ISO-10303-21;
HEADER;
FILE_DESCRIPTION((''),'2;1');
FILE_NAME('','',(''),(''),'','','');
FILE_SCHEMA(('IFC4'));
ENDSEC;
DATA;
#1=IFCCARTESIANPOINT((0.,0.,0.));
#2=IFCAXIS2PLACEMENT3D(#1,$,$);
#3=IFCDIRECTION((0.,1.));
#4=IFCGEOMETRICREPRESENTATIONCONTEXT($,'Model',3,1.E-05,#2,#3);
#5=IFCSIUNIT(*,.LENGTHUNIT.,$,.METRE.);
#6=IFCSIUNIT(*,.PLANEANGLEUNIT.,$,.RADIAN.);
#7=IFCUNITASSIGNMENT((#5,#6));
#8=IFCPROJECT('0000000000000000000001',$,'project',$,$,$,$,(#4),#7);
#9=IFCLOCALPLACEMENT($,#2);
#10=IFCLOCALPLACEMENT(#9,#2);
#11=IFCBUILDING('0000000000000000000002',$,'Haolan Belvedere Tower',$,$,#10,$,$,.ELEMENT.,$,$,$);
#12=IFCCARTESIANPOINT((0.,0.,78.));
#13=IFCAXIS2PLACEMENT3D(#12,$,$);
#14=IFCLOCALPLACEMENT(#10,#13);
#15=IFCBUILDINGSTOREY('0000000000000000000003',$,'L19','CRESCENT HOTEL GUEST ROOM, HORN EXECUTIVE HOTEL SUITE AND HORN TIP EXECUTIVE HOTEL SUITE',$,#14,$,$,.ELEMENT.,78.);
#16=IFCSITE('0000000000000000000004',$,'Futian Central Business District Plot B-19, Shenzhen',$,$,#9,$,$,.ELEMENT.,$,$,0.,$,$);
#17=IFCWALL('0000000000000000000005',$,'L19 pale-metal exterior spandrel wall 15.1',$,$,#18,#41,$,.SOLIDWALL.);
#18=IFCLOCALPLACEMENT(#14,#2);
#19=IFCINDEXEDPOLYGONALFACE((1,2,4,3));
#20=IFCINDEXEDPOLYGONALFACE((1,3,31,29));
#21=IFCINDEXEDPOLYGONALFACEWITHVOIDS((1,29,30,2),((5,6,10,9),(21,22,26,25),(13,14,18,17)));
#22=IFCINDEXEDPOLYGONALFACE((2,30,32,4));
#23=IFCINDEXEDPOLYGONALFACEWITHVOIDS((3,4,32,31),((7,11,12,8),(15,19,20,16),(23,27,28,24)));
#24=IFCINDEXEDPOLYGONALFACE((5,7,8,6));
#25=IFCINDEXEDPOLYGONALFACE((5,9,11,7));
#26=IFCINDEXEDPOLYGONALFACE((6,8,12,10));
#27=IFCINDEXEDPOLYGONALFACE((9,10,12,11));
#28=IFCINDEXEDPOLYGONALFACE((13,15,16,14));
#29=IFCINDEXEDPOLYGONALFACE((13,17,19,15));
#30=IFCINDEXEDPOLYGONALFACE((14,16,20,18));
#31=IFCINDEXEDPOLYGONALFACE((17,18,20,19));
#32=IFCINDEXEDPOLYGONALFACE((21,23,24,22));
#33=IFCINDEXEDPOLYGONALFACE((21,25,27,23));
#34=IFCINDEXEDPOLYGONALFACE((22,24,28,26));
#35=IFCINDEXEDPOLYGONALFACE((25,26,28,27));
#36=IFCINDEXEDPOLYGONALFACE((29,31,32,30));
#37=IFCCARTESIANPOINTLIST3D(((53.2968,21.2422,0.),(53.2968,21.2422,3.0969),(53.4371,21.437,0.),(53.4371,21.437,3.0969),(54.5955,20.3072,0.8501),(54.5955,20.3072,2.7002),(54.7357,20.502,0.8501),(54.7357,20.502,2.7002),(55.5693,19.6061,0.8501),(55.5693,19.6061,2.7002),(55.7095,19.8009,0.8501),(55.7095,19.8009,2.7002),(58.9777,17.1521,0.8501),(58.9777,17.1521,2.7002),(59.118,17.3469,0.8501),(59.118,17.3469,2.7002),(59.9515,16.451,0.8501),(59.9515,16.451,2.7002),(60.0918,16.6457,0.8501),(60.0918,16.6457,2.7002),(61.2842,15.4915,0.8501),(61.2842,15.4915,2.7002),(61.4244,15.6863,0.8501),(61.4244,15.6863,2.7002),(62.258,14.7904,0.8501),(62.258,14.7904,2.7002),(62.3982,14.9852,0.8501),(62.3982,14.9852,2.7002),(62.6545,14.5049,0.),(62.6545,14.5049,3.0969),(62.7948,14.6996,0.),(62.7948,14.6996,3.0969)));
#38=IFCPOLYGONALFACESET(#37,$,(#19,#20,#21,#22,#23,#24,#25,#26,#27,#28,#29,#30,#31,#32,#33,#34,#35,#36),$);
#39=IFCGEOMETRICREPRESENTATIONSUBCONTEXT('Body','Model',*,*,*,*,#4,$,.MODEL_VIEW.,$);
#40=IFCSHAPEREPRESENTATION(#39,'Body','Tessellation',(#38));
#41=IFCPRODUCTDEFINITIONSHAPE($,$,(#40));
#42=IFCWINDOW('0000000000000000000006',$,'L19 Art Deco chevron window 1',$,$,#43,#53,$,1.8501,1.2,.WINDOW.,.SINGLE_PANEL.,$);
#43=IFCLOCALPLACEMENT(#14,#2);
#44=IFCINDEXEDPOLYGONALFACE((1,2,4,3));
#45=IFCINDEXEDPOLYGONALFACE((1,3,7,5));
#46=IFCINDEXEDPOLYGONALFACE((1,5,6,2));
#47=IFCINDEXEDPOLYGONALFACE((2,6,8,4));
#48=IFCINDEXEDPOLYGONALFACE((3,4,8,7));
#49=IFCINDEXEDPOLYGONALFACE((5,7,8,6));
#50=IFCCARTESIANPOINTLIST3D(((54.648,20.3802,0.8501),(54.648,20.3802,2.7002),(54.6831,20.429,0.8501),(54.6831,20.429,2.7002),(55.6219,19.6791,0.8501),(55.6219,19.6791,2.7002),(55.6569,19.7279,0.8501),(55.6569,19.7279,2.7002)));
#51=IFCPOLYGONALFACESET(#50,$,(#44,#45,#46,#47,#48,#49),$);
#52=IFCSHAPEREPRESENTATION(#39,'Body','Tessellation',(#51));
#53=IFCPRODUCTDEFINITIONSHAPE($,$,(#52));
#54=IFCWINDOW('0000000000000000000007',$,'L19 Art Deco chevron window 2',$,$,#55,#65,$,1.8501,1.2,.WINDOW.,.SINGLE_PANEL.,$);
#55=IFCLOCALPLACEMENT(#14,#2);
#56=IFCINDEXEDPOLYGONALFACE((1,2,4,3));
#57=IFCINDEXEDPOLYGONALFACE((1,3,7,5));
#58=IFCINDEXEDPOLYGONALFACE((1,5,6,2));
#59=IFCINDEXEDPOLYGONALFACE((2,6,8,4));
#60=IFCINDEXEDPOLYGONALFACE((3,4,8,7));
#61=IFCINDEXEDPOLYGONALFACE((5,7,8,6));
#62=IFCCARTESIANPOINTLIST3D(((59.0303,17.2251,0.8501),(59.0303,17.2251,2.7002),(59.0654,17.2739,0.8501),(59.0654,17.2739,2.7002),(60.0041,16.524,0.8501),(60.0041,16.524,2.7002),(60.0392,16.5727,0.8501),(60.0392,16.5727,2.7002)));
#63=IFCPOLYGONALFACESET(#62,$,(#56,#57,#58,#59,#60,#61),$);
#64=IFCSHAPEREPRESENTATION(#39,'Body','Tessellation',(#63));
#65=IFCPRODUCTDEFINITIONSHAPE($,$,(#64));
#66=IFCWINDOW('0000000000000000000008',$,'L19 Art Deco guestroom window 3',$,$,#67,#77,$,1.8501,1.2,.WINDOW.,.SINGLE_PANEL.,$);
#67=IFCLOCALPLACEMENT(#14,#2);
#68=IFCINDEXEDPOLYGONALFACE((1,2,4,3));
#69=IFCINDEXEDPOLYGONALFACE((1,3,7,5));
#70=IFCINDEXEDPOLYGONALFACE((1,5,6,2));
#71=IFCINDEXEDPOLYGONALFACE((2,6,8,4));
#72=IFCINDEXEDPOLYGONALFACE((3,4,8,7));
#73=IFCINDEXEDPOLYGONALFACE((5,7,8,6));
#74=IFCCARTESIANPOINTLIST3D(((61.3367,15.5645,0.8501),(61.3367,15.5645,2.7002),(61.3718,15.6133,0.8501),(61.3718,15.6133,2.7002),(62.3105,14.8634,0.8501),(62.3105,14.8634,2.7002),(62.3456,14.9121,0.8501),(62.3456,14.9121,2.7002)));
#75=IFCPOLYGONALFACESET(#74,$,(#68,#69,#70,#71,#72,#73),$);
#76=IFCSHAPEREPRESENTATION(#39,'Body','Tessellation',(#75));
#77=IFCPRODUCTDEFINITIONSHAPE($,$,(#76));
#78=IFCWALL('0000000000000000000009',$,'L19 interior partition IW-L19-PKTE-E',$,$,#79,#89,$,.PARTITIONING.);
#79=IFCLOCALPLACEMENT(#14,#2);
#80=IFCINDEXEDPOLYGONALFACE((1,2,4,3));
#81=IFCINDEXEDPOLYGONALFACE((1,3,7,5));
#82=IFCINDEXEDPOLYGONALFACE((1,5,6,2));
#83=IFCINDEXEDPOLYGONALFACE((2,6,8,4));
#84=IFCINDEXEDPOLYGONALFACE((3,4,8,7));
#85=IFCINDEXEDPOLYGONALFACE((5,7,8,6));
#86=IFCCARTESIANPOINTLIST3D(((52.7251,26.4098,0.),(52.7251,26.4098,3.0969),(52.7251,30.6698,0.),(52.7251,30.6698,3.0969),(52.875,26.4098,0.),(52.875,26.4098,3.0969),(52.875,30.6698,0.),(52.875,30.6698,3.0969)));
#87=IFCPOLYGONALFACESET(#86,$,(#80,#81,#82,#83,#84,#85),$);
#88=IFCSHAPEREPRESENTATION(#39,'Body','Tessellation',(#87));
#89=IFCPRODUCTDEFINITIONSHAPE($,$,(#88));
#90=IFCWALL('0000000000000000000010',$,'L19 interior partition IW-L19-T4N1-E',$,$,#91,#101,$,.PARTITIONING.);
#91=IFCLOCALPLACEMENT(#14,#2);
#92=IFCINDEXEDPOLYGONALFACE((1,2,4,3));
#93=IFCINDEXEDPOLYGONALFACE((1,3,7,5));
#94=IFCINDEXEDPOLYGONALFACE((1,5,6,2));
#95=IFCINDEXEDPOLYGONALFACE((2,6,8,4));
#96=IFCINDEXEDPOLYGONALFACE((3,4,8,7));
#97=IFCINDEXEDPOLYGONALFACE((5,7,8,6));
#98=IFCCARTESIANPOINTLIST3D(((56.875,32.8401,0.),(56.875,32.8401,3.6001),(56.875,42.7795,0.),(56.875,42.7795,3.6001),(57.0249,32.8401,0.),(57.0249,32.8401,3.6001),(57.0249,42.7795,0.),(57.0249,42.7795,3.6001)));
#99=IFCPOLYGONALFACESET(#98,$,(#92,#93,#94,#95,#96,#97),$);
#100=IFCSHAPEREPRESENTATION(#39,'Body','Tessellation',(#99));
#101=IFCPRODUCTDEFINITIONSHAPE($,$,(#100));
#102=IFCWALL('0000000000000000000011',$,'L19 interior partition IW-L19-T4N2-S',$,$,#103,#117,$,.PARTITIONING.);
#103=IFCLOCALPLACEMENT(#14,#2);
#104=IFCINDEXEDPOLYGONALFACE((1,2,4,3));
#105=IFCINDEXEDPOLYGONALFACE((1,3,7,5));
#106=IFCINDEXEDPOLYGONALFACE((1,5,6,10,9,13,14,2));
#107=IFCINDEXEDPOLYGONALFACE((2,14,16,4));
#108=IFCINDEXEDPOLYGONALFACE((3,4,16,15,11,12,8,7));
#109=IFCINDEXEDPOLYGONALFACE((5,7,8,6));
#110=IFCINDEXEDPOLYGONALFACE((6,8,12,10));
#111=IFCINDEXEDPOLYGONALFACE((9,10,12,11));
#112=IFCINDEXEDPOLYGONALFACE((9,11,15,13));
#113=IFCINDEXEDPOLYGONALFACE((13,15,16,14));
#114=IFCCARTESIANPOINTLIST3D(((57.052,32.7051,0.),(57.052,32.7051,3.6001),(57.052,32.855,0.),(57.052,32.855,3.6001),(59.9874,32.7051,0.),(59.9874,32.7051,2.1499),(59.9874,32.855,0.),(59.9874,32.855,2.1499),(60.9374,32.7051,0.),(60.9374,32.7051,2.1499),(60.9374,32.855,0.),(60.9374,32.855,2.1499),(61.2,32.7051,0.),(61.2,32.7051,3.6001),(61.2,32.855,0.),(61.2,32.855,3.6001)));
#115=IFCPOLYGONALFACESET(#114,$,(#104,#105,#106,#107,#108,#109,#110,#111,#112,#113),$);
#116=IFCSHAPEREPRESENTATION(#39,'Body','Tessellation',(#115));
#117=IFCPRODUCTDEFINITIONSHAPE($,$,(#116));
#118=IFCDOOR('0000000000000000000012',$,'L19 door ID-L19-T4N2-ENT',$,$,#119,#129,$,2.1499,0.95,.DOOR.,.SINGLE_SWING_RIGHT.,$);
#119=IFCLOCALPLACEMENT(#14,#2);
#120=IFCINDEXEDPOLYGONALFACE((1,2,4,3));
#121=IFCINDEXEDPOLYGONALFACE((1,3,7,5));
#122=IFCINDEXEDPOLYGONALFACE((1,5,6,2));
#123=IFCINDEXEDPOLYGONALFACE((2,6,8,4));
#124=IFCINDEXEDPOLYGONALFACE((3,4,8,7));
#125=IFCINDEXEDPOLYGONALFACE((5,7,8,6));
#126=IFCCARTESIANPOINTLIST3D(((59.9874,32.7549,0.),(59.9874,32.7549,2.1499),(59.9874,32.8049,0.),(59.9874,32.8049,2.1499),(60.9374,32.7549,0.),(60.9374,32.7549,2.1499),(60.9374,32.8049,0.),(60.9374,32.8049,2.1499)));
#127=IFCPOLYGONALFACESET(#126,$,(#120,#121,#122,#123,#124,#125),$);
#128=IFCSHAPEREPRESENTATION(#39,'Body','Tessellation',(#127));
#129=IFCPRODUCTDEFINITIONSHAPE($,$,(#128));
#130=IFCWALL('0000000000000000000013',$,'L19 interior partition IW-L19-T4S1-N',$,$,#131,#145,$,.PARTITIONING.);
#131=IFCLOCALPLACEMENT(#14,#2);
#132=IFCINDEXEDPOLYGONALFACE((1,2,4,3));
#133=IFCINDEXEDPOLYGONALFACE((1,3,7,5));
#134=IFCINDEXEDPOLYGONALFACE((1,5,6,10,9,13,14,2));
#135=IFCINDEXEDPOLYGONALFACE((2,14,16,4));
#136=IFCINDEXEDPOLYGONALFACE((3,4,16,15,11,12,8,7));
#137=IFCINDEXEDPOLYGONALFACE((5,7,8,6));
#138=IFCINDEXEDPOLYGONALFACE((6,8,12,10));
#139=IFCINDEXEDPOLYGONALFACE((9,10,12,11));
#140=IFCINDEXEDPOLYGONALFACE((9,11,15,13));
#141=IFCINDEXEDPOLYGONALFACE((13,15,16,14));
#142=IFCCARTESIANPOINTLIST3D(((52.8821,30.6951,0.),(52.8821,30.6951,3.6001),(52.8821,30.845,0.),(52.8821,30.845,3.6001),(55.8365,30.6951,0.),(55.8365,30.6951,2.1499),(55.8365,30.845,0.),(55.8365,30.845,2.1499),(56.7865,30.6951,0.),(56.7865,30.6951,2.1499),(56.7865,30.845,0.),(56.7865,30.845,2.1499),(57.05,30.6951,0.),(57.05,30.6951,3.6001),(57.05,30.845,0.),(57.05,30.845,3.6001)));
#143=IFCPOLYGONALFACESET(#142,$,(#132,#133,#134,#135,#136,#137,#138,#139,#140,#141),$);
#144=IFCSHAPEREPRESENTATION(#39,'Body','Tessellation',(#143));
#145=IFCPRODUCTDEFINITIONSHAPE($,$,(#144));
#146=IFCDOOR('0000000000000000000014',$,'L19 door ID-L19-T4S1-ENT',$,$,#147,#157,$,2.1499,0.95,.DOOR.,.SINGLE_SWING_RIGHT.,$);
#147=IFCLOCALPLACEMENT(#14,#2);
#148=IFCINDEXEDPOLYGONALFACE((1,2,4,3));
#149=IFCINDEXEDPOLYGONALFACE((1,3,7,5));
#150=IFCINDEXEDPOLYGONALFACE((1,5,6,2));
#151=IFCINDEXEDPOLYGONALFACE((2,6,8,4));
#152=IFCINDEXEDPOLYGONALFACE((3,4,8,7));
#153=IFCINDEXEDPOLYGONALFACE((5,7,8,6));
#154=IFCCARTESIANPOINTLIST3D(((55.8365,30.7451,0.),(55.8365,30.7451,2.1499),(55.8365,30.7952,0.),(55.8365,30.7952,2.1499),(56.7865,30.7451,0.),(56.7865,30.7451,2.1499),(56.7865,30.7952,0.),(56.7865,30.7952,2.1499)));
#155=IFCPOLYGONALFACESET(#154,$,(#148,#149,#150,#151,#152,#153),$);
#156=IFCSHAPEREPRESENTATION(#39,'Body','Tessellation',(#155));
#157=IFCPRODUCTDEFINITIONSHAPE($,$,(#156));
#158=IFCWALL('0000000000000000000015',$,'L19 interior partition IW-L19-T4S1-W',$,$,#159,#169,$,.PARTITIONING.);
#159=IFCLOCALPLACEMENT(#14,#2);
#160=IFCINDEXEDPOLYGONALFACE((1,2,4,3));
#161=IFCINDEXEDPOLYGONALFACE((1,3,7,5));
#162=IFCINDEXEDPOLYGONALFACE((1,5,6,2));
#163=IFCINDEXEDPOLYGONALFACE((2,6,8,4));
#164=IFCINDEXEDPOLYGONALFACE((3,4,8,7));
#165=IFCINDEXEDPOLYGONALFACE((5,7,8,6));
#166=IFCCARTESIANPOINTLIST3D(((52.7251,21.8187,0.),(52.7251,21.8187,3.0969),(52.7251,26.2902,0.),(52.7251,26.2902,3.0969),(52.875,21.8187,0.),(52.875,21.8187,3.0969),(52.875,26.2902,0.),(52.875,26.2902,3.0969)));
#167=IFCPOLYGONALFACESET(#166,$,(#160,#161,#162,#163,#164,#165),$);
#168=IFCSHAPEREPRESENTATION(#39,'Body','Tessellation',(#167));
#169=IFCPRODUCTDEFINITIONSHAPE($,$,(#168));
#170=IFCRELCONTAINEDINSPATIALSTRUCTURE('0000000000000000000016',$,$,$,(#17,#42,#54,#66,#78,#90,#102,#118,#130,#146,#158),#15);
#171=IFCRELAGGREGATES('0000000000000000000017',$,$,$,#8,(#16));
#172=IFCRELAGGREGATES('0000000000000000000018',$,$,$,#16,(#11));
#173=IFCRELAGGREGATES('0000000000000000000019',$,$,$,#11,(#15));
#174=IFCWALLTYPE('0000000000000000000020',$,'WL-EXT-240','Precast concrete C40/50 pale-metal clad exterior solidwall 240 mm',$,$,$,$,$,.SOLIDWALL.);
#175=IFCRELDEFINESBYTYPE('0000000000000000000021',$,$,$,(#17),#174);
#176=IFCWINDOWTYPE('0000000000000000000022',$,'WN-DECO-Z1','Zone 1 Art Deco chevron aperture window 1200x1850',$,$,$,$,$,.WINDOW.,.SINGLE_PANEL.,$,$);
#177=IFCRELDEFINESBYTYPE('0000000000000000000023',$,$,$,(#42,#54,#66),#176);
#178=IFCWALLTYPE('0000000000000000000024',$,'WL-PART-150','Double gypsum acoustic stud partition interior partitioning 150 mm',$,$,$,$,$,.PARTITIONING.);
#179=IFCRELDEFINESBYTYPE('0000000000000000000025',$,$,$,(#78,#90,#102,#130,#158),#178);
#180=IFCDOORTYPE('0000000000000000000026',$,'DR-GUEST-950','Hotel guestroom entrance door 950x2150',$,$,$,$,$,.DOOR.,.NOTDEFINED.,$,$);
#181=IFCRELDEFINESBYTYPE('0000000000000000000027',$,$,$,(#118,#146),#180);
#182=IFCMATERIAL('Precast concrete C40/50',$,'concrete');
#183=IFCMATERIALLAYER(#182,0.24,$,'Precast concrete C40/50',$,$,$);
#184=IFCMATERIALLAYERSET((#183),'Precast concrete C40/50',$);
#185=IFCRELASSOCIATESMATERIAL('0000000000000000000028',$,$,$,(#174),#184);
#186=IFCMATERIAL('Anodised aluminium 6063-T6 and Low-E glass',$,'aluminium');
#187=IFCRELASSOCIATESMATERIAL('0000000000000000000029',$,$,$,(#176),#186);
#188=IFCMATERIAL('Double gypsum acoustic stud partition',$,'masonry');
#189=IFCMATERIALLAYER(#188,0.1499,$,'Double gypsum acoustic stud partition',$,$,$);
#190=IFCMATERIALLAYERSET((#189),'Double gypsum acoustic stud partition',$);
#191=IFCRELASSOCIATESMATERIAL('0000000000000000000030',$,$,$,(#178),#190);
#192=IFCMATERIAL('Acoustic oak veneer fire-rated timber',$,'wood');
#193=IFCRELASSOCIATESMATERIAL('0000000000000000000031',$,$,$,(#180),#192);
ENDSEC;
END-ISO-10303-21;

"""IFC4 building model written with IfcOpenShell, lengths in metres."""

from ifc_helpers import new_model, si_unit, direction, frame, frame_2d, origin, place, context, subcontext, project, spatial, rectangle, extrude, material, layer, layer_set, type_object, element, fill, save


model = new_model("IFC4")

# Units and contexts
model_context = context("Model", 3, precision=1e-05, world=origin(), true_north=direction((0.0, 1.0)))
body_context = subcontext(model_context, "Body", "Model", "MODEL_VIEW")
ifc_project = project(units=[si_unit("LENGTHUNIT", "METRE"), si_unit("PLANEANGLEUNIT", "RADIAN")], contexts=[model_context])

# Site, building, storey
site_placement = place(None, origin())
site = spatial("IfcSite", under=ifc_project, at=site_placement, Name="Futian Central Business District Plot B-19, Shenzhen", CompositionType="ELEMENT", RefElevation=0.0)
building_placement = place(site_placement, origin())
building = spatial("IfcBuilding", under=site, at=building_placement, Name="Haolan Belvedere Tower", CompositionType="ELEMENT")
storey_placement = place(building_placement, frame((0.0, 0.0, 78.0)))
storey = spatial("IfcBuildingStorey", under=building, at=storey_placement, Name="L19", Description="CRESCENT HOTEL GUEST ROOM, HORN EXECUTIVE HOTEL SUITE AND HORN TIP EXECUTIVE HOTEL SUITE", CompositionType="ELEMENT", Elevation=78.0)

# Wall, openings, windows
ifc_material_1 = material(Name="Precast concrete C40/50", Category="concrete")
ifc_layer_1 = layer(ifc_material_1, 0.24, Name="Precast concrete C40/50")
ifc_layer_set_1 = layer_set([ifc_layer_1], Name="Precast concrete C40/50")
wall_type_1 = type_object("IfcWallType", Name="WL-EXT-240", Description="Precast concrete C40/50 pale-metal clad exterior solidwall 240 mm", PredefinedType="SOLIDWALL", material=ifc_layer_set_1)
wall_1_placement = place(storey_placement, frame((53.3669, 21.3396, 0.0), z_axis=(0.0, 0.0, 1.0), x_axis=(0.811543, -0.584292, 0.0)))
wall_1 = element("IfcWall", 1, at=wall_1_placement, inside=storey, type_object=wall_type_1, Name="L19 pale-metal exterior spandrel wall 15.1", PredefinedType="SOLIDWALL", context=body_context, shape_type="SweptSolid", body=[
    extrude(rectangle(XDim=11.5308, YDim=0.24, at=frame_2d((5.7654, 0.0))), origin(), (0.0, 0.0, 1.0), 3.0969),
])
opening_1_placement = place(wall_1_placement, frame((1.6001, 0.0, 0.8501)))
opening_1 = element("IfcOpeningElement", 2, at=opening_1_placement, cuts=wall_1, PredefinedType="OPENING", context=body_context, shape_type="SweptSolid", body=[
    extrude(rectangle(XDim=1.2, YDim=1.8501, at=frame_2d((0.6001, 0.925))), frame((0.0, 0.1299, 0.0), z_axis=(0.0, -1.0, 0.0), x_axis=(1.0, 0.0, 0.0)), (0.0, 0.0, 1.0), 0.26),
])
opening_2_placement = place(wall_1_placement, frame((7.0, 0.0, 0.8501)))
opening_2 = element("IfcOpeningElement", 3, at=opening_2_placement, cuts=wall_1, PredefinedType="OPENING", context=body_context, shape_type="SweptSolid", body=[
    extrude(rectangle(XDim=1.2, YDim=1.8501, at=frame_2d((0.6001, 0.925))), frame((0.0, 0.1299, 0.0), z_axis=(0.0, -1.0, 0.0), x_axis=(1.0, 0.0, 0.0)), (0.0, 0.0, 1.0), 0.26),
])
opening_3_placement = place(wall_1_placement, frame((9.842, 0.0, 0.8501)))
opening_3 = element("IfcOpeningElement", 4, at=opening_3_placement, cuts=wall_1, PredefinedType="OPENING", context=body_context, shape_type="SweptSolid", body=[
    extrude(rectangle(XDim=1.2, YDim=1.8501, at=frame_2d((0.6001, 0.925))), frame((0.0, 0.1299, 0.0), z_axis=(0.0, -1.0, 0.0), x_axis=(1.0, 0.0, 0.0)), (0.0, 0.0, 1.0), 0.26),
])
ifc_material_2 = material(Name="Anodised aluminium 6063-T6 and Low-E glass", Category="aluminium")
window_type = type_object("IfcWindowType", Name="WN-DECO-Z1", Description="Zone 1 Art Deco chevron aperture window 1200x1850", PartitioningType="SINGLE_PANEL", PredefinedType="WINDOW", material=ifc_material_2)
window_1_placement = place(opening_1_placement, origin())
window_1 = element("IfcWindow", 5, at=window_1_placement, inside=storey, type_object=window_type, Name="L19 Art Deco chevron window 1", OverallHeight=1.8501, OverallWidth=1.2, PartitioningType="SINGLE_PANEL", PredefinedType="WINDOW", context=body_context, shape_type="SweptSolid", body=[
    extrude(rectangle(XDim=1.2, YDim=1.8501, at=frame_2d((0.6001, 0.925))), frame((0.0, 0.03, 0.0), z_axis=(0.0, -1.0, 0.0), x_axis=(1.0, 0.0, 0.0)), (0.0, 0.0, 1.0), 0.0601),
])
fill(opening_1, window_1)
window_2_placement = place(opening_2_placement, origin())
window_2 = element("IfcWindow", 6, at=window_2_placement, inside=storey, type_object=window_type, Name="L19 Art Deco chevron window 2", OverallHeight=1.8501, OverallWidth=1.2, PartitioningType="SINGLE_PANEL", PredefinedType="WINDOW", context=body_context, shape_type="SweptSolid", body=[
    extrude(rectangle(XDim=1.2, YDim=1.8501, at=frame_2d((0.6001, 0.925))), frame((0.0, 0.03, 0.0), z_axis=(0.0, -1.0, 0.0), x_axis=(1.0, 0.0, 0.0)), (0.0, 0.0, 1.0), 0.0601),
])
fill(opening_2, window_2)
window_3_placement = place(opening_3_placement, origin())
window_3 = element("IfcWindow", 7, at=window_3_placement, inside=storey, type_object=window_type, Name="L19 Art Deco guestroom window 3", OverallHeight=1.8501, OverallWidth=1.2, PartitioningType="SINGLE_PANEL", PredefinedType="WINDOW", context=body_context, shape_type="SweptSolid", body=[
    extrude(rectangle(XDim=1.2, YDim=1.8501, at=frame_2d((0.6001, 0.925))), frame((0.0, 0.03, 0.0), z_axis=(0.0, -1.0, 0.0), x_axis=(1.0, 0.0, 0.0)), (0.0, 0.0, 1.0), 0.0601),
])
fill(opening_3, window_3)

# Walls
ifc_material_3 = material(Name="Double gypsum acoustic stud partition", Category="masonry")
ifc_layer_2 = layer(ifc_material_3, 0.1499, Name="Double gypsum acoustic stud partition")
ifc_layer_set_2 = layer_set([ifc_layer_2], Name="Double gypsum acoustic stud partition")
wall_type_2 = type_object("IfcWallType", Name="WL-PART-150", Description="Double gypsum acoustic stud partition interior partitioning 150 mm", PredefinedType="PARTITIONING", material=ifc_layer_set_2)
wall_2_placement = place(storey_placement, frame((52.8, 26.4099, 0.0), z_axis=(0.0, 0.0, 1.0), x_axis=(0.0, 1.0, 0.0)))
element("IfcWall", 8, at=wall_2_placement, inside=storey, type_object=wall_type_2, Name="L19 interior partition IW-L19-PKTE-E", PredefinedType="PARTITIONING", context=body_context, shape_type="SweptSolid", body=[
    extrude(rectangle(XDim=4.26, YDim=0.1499, at=frame_2d((2.1299, 0.0))), origin(), (0.0, 0.0, 1.0), 3.0969),
])
wall_3_placement = place(storey_placement, frame((56.95, 32.8401, 0.0), z_axis=(0.0, 0.0, 1.0), x_axis=(0.0, 1.0, 0.0)))
element("IfcWall", 9, at=wall_3_placement, inside=storey, type_object=wall_type_2, Name="L19 interior partition IW-L19-T4N1-E", PredefinedType="PARTITIONING", context=body_context, shape_type="SweptSolid", body=[
    extrude(rectangle(XDim=9.9395, YDim=0.1499, at=frame_2d((4.9697, 0.0))), origin(), (0.0, 0.0, 1.0), 3.6001),
])

# Walls, openings, doors
wall_4_placement = place(storey_placement, frame((57.052, 32.78, 0.0), z_axis=(0.0, 0.0, 1.0), x_axis=(1.0, 0.0, 0.0)))
wall_4 = element("IfcWall", 10, at=wall_4_placement, inside=storey, type_object=wall_type_2, Name="L19 interior partition IW-L19-T4N2-S", PredefinedType="PARTITIONING", context=body_context, shape_type="SweptSolid", body=[
    extrude(rectangle(XDim=4.1479, YDim=0.1499, at=frame_2d((2.074, 0.0))), origin(), (0.0, 0.0, 1.0), 3.6001),
])
opening_4_placement = place(wall_4_placement, frame((2.9353, 0.0, 0.0)))
opening_4 = element("IfcOpeningElement", 11, at=opening_4_placement, cuts=wall_4, PredefinedType="OPENING", context=body_context, shape_type="SweptSolid", body=[
    extrude(rectangle(XDim=0.95, YDim=2.1499, at=frame_2d((0.4751, 1.075))), frame((0.0, 0.085, 0.0), z_axis=(0.0, -1.0, 0.0), x_axis=(1.0, 0.0, 0.0)), (0.0, 0.0, 1.0), 0.1699),
])
ifc_material_4 = material(Name="Acoustic oak veneer fire-rated timber", Category="wood")
door_type_1 = type_object("IfcDoorType", Name="DR-GUEST-950", Description="Hotel guestroom entrance door 950x2150", OperationType="NOTDEFINED", PredefinedType="DOOR", material=ifc_material_4)
door_1_placement = place(opening_4_placement, origin())
door_1 = element("IfcDoor", 12, at=door_1_placement, inside=storey, type_object=door_type_1, Name="L19 door ID-L19-T4N2-ENT", OperationType="SINGLE_SWING_RIGHT", OverallHeight=2.1499, OverallWidth=0.95, PredefinedType="DOOR", context=body_context, shape_type="SweptSolid", body=[
    extrude(rectangle(XDim=0.95, YDim=2.1499, at=frame_2d((0.4751, 1.075))), frame((0.0, 0.0249, 0.0), z_axis=(0.0, -1.0, 0.0), x_axis=(1.0, 0.0, 0.0)), (0.0, 0.0, 1.0), 0.05),
])
fill(opening_4, door_1)
wall_5_placement = place(storey_placement, frame((52.8821, 30.77, 0.0), z_axis=(0.0, 0.0, 1.0), x_axis=(1.0, 0.0, 0.0)))
wall_5 = element("IfcWall", 13, at=wall_5_placement, inside=storey, type_object=wall_type_2, Name="L19 interior partition IW-L19-T4S1-N", PredefinedType="PARTITIONING", context=body_context, shape_type="SweptSolid", body=[
    extrude(rectangle(XDim=4.168, YDim=0.1499, at=frame_2d((2.084, 0.0))), origin(), (0.0, 0.0, 1.0), 3.6001),
])
opening_5_placement = place(wall_5_placement, frame((3.9045, 0.0, 0.0), z_axis=(0.0, 0.0, 1.0), x_axis=(-1.0, 0.0, 0.0)))
opening_5 = element("IfcOpeningElement", 14, at=opening_5_placement, cuts=wall_5, PredefinedType="OPENING", context=body_context, shape_type="SweptSolid", body=[
    extrude(rectangle(XDim=0.95, YDim=2.1499, at=frame_2d((0.4751, 1.075))), frame((0.0, 0.085, 0.0), z_axis=(0.0, -1.0, 0.0), x_axis=(1.0, 0.0, 0.0)), (0.0, 0.0, 1.0), 0.1699),
])
door_2_placement = place(opening_5_placement, origin())
door_2 = element("IfcDoor", 15, at=door_2_placement, inside=storey, type_object=door_type_1, Name="L19 door ID-L19-T4S1-ENT", OperationType="SINGLE_SWING_RIGHT", OverallHeight=2.1499, OverallWidth=0.95, PredefinedType="DOOR", context=body_context, shape_type="SweptSolid", body=[
    extrude(rectangle(XDim=0.95, YDim=2.1499, at=frame_2d((0.4751, 1.075))), frame((0.0, 0.0249, 0.0), z_axis=(0.0, -1.0, 0.0), x_axis=(1.0, 0.0, 0.0)), (0.0, 0.0, 1.0), 0.05),
])
fill(opening_5, door_2)

# Wall
wall_6_placement = place(storey_placement, frame((52.8, 21.8186, 0.0), z_axis=(0.0, 0.0, 1.0), x_axis=(0.0, 1.0, 0.0)))
element("IfcWall", 16, at=wall_6_placement, inside=storey, type_object=wall_type_2, Name="L19 interior partition IW-L19-T4S1-W", PredefinedType="PARTITIONING", context=body_context, shape_type="SweptSolid", body=[
    extrude(rectangle(XDim=4.4714, YDim=0.1499, at=frame_2d((2.2358, 0.0))), origin(), (0.0, 0.0, 1.0), 3.0969),
])

save(model, "model.ifc")
